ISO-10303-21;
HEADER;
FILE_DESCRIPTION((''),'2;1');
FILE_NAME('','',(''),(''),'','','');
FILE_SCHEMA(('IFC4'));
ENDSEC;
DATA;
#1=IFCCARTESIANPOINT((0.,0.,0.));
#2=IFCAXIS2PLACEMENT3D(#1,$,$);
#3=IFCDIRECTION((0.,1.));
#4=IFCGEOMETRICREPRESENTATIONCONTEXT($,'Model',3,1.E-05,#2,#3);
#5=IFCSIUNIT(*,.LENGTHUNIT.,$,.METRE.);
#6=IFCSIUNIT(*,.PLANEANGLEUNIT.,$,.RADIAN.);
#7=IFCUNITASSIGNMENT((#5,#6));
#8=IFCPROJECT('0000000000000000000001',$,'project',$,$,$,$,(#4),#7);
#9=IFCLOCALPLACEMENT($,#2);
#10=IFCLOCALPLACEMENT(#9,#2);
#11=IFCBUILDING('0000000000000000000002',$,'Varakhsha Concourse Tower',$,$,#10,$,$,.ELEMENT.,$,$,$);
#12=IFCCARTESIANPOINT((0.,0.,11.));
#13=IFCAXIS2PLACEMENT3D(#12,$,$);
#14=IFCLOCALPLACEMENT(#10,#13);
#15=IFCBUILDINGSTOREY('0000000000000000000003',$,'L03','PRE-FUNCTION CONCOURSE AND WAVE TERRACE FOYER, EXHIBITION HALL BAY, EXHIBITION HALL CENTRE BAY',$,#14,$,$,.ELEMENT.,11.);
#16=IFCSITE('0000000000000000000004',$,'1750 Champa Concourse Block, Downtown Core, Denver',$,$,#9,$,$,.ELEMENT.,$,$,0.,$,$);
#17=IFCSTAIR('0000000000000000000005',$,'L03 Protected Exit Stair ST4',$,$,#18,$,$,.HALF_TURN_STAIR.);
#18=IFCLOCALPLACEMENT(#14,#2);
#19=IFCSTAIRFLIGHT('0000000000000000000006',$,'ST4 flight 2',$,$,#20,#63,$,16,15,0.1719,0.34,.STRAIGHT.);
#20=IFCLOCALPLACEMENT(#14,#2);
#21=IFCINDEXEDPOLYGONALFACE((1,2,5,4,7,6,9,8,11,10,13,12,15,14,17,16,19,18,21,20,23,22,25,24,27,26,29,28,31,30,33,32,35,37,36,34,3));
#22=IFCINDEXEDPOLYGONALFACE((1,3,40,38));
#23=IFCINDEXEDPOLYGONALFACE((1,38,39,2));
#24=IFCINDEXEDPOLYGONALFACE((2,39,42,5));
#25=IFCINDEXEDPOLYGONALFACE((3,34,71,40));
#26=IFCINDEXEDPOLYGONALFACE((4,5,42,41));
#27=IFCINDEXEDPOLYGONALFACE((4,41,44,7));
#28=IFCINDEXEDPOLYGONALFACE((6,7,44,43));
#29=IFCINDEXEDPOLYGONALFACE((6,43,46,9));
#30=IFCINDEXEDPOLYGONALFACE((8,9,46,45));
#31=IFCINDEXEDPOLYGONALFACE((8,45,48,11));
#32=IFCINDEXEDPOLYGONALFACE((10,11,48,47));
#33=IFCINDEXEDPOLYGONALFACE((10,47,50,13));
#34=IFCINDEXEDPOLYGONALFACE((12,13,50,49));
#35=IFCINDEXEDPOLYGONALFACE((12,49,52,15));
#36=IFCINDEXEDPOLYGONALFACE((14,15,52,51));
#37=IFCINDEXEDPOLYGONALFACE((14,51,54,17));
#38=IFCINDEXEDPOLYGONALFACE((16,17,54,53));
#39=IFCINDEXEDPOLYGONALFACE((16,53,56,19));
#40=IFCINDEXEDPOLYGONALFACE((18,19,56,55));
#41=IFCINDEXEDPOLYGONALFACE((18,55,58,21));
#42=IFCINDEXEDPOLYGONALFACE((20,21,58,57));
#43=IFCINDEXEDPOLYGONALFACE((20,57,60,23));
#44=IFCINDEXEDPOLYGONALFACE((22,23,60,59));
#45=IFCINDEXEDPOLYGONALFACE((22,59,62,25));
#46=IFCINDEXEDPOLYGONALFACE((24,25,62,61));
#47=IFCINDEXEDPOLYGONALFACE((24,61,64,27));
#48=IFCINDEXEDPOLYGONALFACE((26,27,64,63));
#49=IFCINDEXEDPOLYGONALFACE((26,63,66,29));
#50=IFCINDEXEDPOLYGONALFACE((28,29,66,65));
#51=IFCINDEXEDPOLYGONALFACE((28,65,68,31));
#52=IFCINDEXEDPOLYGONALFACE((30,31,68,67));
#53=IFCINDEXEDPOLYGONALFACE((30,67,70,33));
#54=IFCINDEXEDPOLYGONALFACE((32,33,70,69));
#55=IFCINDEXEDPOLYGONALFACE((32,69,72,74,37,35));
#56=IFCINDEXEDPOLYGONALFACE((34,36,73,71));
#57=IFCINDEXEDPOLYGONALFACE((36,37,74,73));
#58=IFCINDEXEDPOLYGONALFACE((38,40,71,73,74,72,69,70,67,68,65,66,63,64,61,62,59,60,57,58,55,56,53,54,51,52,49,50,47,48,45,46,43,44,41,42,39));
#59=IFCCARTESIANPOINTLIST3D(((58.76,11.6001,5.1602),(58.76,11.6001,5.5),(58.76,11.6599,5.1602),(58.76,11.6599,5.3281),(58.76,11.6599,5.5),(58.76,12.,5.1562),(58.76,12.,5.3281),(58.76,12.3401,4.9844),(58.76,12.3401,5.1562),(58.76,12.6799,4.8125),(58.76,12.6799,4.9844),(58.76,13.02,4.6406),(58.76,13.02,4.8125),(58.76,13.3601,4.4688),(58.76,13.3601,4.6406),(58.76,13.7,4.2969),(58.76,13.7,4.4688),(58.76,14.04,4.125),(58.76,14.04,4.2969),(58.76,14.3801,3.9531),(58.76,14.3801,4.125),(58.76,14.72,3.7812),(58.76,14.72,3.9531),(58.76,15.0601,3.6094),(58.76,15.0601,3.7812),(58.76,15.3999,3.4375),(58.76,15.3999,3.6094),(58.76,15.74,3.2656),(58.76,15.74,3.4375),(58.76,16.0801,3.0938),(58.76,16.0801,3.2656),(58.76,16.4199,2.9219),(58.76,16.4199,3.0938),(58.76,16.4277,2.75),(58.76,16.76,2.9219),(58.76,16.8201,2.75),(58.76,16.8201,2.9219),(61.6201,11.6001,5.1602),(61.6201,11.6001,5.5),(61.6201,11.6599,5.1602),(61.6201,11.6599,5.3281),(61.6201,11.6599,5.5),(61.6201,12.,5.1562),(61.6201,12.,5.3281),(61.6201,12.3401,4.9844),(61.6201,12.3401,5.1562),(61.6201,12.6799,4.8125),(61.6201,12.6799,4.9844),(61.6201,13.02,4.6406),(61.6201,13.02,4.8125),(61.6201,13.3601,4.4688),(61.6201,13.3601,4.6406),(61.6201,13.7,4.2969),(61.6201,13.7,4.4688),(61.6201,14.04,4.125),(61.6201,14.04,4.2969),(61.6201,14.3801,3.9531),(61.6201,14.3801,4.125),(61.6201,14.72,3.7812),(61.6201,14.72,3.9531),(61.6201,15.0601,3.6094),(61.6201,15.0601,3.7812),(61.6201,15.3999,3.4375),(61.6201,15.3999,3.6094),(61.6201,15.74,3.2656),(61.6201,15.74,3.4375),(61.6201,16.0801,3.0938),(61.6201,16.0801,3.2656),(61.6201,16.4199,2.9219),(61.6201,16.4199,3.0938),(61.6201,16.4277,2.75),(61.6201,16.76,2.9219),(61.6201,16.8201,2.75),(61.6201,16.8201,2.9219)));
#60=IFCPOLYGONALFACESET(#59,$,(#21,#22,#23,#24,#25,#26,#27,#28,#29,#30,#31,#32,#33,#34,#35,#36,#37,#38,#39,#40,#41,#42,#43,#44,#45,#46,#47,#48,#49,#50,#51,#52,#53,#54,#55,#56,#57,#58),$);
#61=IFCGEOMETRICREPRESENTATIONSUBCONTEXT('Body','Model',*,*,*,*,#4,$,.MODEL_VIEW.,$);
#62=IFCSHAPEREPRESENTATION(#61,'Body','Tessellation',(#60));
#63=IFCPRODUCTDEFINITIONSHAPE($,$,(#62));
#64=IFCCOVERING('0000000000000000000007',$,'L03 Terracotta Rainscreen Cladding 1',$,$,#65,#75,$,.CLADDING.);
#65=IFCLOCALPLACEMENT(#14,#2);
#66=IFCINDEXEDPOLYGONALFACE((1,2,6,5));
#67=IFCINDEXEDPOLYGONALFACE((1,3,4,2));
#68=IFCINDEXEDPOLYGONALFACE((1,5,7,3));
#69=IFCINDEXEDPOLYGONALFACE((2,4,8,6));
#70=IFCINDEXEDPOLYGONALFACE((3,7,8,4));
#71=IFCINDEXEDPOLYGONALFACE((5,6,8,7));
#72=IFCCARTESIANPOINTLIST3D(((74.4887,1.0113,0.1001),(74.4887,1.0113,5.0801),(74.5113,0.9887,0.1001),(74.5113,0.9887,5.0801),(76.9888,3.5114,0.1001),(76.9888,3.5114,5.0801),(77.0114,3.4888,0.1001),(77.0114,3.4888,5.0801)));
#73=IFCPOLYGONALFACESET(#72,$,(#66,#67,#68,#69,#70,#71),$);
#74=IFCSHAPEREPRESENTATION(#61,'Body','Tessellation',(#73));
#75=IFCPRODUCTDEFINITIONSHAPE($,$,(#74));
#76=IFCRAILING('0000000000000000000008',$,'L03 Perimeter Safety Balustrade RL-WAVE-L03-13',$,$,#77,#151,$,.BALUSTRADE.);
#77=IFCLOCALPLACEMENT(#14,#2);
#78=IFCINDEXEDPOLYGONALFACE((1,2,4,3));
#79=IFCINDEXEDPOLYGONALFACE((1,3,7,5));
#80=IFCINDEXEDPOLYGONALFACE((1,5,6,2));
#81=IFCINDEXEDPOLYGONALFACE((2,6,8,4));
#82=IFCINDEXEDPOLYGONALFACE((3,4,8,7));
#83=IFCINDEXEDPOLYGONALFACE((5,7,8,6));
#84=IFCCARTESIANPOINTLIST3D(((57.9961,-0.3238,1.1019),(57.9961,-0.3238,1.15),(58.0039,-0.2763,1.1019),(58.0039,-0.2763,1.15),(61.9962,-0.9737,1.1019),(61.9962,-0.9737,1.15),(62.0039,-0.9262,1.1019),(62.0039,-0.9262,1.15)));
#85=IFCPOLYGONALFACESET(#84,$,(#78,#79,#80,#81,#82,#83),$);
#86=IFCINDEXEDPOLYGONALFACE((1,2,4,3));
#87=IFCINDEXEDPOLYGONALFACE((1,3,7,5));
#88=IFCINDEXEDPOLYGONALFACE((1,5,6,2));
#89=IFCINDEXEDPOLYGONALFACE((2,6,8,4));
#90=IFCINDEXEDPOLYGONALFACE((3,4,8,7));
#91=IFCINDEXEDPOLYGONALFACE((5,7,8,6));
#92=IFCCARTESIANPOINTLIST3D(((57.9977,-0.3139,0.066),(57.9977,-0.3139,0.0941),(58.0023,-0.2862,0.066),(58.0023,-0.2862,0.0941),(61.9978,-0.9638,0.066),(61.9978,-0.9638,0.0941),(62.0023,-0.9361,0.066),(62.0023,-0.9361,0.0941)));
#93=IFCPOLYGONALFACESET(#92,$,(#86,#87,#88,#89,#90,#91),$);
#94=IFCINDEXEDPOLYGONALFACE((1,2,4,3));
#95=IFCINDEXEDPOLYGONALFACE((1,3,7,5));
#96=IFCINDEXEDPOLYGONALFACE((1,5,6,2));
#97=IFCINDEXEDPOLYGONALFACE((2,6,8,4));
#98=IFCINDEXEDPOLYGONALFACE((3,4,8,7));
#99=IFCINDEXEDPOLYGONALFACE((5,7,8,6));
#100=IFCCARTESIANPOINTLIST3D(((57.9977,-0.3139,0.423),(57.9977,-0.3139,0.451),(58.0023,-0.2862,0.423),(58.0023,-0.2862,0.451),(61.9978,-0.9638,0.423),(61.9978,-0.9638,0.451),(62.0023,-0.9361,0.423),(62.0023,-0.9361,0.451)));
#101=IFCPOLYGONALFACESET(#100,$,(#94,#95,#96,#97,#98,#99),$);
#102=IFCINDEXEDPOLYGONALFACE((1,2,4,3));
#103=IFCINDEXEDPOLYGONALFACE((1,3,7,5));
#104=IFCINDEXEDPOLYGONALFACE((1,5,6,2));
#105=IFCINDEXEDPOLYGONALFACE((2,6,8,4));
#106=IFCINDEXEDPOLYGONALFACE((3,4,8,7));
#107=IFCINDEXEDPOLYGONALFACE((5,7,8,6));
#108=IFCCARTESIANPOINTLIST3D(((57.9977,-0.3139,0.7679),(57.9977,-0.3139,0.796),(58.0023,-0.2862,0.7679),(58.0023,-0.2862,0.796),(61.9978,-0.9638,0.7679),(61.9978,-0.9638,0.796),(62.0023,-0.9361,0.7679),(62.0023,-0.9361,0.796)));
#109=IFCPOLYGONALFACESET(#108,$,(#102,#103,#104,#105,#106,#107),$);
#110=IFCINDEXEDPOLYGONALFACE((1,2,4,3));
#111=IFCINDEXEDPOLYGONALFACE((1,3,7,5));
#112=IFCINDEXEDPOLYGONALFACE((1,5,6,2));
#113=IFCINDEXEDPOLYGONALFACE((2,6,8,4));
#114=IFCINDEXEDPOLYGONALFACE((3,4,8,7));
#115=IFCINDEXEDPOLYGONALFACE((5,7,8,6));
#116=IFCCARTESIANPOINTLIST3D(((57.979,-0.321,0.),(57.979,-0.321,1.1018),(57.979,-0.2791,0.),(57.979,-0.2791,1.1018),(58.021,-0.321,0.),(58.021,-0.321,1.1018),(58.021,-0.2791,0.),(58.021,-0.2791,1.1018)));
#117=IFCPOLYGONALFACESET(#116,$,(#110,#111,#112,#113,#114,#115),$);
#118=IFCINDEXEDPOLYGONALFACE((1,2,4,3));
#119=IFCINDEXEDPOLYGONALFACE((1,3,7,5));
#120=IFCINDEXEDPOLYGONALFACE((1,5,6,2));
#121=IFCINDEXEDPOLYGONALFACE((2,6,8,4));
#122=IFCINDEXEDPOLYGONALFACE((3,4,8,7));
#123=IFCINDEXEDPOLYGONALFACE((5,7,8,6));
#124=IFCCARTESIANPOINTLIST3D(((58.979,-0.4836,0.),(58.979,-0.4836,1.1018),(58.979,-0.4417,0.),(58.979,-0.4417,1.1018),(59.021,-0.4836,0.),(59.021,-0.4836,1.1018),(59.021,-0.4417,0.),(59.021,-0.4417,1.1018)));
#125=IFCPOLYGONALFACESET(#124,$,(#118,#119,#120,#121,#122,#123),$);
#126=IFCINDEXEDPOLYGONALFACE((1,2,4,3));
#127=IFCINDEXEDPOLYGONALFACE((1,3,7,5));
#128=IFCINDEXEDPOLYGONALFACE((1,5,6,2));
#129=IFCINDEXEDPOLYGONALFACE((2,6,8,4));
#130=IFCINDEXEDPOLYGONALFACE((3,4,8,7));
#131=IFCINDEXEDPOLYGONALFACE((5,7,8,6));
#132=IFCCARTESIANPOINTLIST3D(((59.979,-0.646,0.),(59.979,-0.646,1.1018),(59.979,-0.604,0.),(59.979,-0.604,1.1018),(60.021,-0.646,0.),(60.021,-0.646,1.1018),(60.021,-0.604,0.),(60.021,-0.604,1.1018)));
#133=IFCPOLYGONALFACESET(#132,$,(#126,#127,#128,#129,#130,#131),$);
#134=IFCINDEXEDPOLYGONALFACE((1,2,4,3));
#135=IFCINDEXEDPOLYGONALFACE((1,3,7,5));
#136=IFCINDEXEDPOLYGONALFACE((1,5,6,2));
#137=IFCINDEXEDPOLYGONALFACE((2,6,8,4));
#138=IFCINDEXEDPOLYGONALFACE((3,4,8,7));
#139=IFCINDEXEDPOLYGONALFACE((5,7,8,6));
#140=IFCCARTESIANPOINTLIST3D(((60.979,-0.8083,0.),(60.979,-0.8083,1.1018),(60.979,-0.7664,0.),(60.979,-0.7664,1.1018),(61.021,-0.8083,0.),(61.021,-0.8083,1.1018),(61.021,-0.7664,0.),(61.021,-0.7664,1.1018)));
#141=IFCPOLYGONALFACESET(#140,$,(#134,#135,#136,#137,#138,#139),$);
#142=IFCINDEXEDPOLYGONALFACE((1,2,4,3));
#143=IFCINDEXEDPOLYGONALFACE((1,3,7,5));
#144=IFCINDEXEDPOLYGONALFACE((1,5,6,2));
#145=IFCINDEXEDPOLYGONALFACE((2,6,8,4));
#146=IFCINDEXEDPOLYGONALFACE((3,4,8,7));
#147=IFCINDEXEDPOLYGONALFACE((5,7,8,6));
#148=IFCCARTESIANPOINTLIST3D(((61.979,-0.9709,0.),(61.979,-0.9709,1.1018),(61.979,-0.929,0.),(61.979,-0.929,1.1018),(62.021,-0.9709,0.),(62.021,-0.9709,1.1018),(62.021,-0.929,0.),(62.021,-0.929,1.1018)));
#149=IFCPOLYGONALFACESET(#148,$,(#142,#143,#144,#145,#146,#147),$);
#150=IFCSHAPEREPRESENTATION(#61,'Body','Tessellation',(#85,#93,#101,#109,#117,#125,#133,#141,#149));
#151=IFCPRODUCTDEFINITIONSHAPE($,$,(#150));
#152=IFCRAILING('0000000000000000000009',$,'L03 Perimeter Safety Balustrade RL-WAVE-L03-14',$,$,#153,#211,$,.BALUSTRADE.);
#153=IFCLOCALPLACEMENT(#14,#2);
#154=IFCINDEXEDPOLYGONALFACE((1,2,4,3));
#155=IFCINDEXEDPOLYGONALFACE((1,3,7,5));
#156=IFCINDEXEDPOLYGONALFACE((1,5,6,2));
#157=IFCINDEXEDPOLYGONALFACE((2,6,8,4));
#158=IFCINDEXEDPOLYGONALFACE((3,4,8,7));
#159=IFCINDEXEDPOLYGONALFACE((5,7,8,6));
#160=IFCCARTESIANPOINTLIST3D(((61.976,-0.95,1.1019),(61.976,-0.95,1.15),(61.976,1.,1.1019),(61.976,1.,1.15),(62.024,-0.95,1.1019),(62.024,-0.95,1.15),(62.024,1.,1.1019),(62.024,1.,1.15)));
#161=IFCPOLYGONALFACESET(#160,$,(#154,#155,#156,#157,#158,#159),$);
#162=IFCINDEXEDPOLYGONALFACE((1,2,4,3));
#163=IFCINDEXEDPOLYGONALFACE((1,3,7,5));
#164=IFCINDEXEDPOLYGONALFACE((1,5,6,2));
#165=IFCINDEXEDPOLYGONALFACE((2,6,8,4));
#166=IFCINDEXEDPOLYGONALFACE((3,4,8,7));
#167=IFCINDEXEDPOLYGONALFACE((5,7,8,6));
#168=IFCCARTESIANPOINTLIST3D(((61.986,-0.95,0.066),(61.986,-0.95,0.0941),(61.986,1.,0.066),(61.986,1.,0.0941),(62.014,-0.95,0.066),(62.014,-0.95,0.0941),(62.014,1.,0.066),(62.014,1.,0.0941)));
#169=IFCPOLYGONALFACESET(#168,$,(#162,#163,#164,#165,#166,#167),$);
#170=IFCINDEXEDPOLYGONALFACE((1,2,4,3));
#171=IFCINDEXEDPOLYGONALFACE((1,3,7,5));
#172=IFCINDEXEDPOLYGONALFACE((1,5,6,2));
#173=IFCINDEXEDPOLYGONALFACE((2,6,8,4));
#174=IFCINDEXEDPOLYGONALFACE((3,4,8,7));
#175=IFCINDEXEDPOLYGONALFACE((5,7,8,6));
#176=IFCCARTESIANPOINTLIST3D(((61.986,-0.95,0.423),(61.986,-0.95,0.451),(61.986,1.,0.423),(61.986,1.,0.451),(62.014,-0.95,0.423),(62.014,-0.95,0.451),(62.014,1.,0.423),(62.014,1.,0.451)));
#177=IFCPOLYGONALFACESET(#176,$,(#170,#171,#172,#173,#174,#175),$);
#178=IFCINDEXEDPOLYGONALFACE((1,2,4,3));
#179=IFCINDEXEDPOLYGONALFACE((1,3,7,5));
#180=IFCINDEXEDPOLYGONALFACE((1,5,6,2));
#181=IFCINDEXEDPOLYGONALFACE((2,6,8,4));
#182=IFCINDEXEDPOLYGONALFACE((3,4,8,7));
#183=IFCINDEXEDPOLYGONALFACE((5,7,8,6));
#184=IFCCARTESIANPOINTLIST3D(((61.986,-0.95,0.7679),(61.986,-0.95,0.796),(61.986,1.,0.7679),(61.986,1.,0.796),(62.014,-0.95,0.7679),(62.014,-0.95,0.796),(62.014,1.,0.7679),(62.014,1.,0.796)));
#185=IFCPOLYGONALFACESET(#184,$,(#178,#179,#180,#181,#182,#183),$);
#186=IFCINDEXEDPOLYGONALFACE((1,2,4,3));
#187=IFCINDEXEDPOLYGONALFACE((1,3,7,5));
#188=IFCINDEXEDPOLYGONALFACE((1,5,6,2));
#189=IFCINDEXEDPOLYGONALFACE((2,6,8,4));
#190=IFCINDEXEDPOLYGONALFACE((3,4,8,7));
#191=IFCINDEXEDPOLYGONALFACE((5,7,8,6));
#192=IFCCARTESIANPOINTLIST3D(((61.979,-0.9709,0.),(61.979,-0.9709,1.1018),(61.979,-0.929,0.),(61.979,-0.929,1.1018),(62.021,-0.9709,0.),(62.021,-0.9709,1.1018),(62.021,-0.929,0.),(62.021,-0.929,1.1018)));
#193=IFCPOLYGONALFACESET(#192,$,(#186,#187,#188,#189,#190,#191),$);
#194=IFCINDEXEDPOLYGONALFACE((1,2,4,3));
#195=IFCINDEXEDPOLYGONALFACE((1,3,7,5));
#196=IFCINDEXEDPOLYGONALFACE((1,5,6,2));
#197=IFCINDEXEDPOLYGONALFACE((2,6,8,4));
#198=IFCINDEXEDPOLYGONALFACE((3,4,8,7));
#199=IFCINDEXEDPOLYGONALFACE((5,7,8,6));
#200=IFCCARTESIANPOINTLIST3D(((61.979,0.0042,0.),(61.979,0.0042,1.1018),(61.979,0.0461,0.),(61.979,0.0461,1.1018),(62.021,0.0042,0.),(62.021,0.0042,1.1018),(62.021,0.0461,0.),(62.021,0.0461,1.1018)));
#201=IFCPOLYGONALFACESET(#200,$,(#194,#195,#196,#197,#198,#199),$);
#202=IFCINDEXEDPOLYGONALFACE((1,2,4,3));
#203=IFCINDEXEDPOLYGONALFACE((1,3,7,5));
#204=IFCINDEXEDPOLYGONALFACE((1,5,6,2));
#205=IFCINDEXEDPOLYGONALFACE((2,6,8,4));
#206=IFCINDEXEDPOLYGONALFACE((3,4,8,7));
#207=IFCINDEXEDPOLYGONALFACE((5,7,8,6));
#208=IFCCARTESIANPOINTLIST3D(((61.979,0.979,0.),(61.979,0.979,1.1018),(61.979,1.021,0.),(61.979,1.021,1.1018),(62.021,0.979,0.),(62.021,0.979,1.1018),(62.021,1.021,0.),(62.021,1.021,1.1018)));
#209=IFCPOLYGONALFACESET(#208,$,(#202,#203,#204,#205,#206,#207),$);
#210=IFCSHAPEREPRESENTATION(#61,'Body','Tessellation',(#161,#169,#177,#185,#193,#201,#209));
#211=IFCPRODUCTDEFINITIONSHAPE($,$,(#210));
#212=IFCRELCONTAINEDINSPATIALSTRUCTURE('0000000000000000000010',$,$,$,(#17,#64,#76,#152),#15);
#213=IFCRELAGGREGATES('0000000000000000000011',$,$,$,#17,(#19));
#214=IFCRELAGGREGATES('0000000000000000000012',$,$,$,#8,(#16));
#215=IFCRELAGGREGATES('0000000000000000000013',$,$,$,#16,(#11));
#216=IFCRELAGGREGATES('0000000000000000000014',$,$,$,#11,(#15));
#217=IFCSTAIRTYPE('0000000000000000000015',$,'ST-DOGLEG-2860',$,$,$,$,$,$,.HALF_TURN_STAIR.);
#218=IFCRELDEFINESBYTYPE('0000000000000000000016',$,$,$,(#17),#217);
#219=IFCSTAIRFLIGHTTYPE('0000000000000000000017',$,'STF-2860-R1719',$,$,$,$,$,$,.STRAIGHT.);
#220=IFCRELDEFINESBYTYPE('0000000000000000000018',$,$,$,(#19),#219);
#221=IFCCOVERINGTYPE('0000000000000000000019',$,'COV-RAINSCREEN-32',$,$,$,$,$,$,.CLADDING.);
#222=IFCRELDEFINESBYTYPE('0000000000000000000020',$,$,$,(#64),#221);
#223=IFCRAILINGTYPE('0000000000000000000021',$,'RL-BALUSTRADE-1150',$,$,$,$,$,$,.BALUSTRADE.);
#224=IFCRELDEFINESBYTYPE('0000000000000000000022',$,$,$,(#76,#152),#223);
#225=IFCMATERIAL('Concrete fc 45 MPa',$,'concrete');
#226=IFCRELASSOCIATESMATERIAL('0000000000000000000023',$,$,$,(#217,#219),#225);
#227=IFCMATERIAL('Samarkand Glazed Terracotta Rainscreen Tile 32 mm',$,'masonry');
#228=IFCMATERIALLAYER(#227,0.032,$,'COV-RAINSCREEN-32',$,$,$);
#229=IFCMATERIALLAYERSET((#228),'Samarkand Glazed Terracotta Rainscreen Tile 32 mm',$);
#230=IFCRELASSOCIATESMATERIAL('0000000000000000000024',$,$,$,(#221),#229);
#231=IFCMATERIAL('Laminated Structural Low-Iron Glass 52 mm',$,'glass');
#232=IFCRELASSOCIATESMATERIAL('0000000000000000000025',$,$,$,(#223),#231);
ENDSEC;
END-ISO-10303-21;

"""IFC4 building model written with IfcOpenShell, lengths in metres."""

from ifc_helpers import new_model, si_unit, direction, frame, frame_2d, origin, origin_2d, place, context, subcontext, project, spatial, polyline, rectangle, outline, extrude, material, layer, layer_set, type_object, element, aggregate, save


model = new_model("IFC4")

# Units and contexts
model_context = context("Model", 3, precision=1e-05, world=origin(), true_north=direction((0.0, 1.0)))
body_context = subcontext(model_context, "Body", "Model", "MODEL_VIEW")
ifc_project = project(units=[si_unit("LENGTHUNIT", "METRE"), si_unit("PLANEANGLEUNIT", "RADIAN")], contexts=[model_context])

# Site, building, storey
site_placement = place(None, origin())
site = spatial("IfcSite", under=ifc_project, at=site_placement, Name="1750 Champa Concourse Block, Downtown Core, Denver", CompositionType="ELEMENT", RefElevation=0.0)
building_placement = place(site_placement, origin())
building = spatial("IfcBuilding", under=site, at=building_placement, Name="Varakhsha Concourse Tower", CompositionType="ELEMENT")
storey_placement = place(building_placement, frame((0.0, 0.0, 11.0)))
storey = spatial("IfcBuildingStorey", under=building, at=storey_placement, Name="L03", Description="PRE-FUNCTION CONCOURSE AND WAVE TERRACE FOYER, EXHIBITION HALL BAY, EXHIBITION HALL CENTRE BAY", CompositionType="ELEMENT", Elevation=11.0)

# Shared definitions
ifc_material_1 = material(Name="Concrete fc 45 MPa", Category="concrete")

# Stair, stair flight
stair_type = type_object("IfcStairType", Name="ST-DOGLEG-2860", PredefinedType="HALF_TURN_STAIR", material=ifc_material_1)
stair_placement = place(storey_placement, origin())
stair = element("IfcStair", 1, at=stair_placement, inside=storey, type_object=stair_type, Name="L03 Protected Exit Stair ST4", PredefinedType="HALF_TURN_STAIR")
stair_flight_type = type_object("IfcStairFlightType", Name="STF-2860-R1719", PredefinedType="STRAIGHT", material=ifc_material_1)
stair_flight_1_placement = place(storey_placement, frame((60.1899, 16.76, 2.75), z_axis=(0.0, 0.0, 1.0), x_axis=(0.0, -1.0, 0.0)))
stair_flight_1 = element("IfcStairFlight", 2, at=stair_flight_1_placement, type_object=stair_flight_type, Name="ST4 flight 2", NumberOfRisers=16, NumberOfTreads=15, PredefinedType="STRAIGHT", RiserHeight=0.1719, TreadLength=0.34, context=body_context, shape_type="SweptSolid", body=[
    extrude(outline(polyline([(-0.0601, 0.0), (-0.0601, 0.1719), (0.0, 0.1719), (0.3401, 0.1719), (0.3401, 0.3438), (0.6799, 0.3438), (0.6799, 0.5156), (1.02, 0.5156), (1.02, 0.6875), (1.3601, 0.6875), (1.3601, 0.8594), (1.7, 0.8594), (1.7, 1.0312), (2.04, 1.0312), (2.04, 1.2031), (2.3799, 1.2031), (2.3799, 1.375), (2.72, 1.375), (2.72, 1.5469), (3.0601, 1.5469), (3.0601, 1.7188), (3.3999, 1.7188), (3.3999, 1.8906), (3.74, 1.8906), (3.74, 2.0625), (4.0801, 2.0625), (4.0801, 2.2344), (4.4199, 2.2344), (4.4199, 2.4062), (4.76, 2.4062), (4.76, 2.5781), (5.1001, 2.5781), (5.1001, 2.75), (5.1599, 2.75), (5.1599, 2.4102), (5.1001, 2.4102), (0.3323, 0.0), (-0.0601, 0.0)])), frame((0.0, 1.4302, 0.0), z_axis=(0.0, -1.0, 0.0), x_axis=(1.0, 0.0, 0.0)), (0.0, 0.0, 1.0), 2.8601),
])
aggregate(stair, [stair_flight_1])

# Covering
ifc_material_2 = material(Name="Samarkand Glazed Terracotta Rainscreen Tile 32 mm", Category="masonry")
ifc_layer_1 = layer(ifc_material_2, 0.032, Name="COV-RAINSCREEN-32")
ifc_layer_set_1 = layer_set([ifc_layer_1], Name="Samarkand Glazed Terracotta Rainscreen Tile 32 mm")
covering_type = type_object("IfcCoveringType", Name="COV-RAINSCREEN-32", PredefinedType="CLADDING", material=ifc_layer_set_1)
covering_placement = place(storey_placement, frame((74.5, 1.0, 0.1001), z_axis=(0.0, 0.0, 1.0), x_axis=(0.707107, 0.707107, 0.0)))
element("IfcCovering", 3, at=covering_placement, inside=storey, type_object=covering_type, Name="L03 Terracotta Rainscreen Cladding 1", PredefinedType="CLADDING", context=body_context, shape_type="SweptSolid", body=[
    extrude(rectangle(XDim=3.5356, YDim=0.032, at=frame_2d((1.7678, 0.0))), origin(), (0.0, 0.0, 1.0), 4.98),
])

# Railings
ifc_material_3 = material(Name="Laminated Structural Low-Iron Glass 52 mm", Category="glass")
railing_type_1 = type_object("IfcRailingType", Name="RL-BALUSTRADE-1150", PredefinedType="BALUSTRADE", material=ifc_material_3)
railing_1_placement = place(storey_placement, frame((58.0, -0.3, 0.0)))
element("IfcRailing", 4, at=railing_1_placement, inside=storey, type_object=railing_type_1, Name="L03 Perimeter Safety Balustrade RL-WAVE-L03-13", PredefinedType="BALUSTRADE", context=body_context, shape_type="SweptSolid", body=[
    extrude(rectangle(XDim=0.0481, YDim=0.0481, at=origin_2d()), frame((0.0, 0.0, 1.126), z_axis=(0.987057, -0.160373, 0.0), x_axis=(0.160373, 0.987057, 0.0)), (0.0, 0.0, 1.0), 4.0525),
    extrude(rectangle(XDim=0.0281, YDim=0.0281, at=origin_2d()), frame((0.0, 0.0, 0.0801), z_axis=(0.987057, -0.160373, 0.0), x_axis=(0.160373, 0.987057, 0.0)), (0.0, 0.0, 1.0), 4.0525),
    extrude(rectangle(XDim=0.0281, YDim=0.0281, at=origin_2d()), frame((0.0, 0.0, 0.437), z_axis=(0.987057, -0.160373, 0.0), x_axis=(0.160373, 0.987057, 0.0)), (0.0, 0.0, 1.0), 4.0525),
    extrude(rectangle(XDim=0.0281, YDim=0.0281, at=origin_2d()), frame((0.0, 0.0, 0.782), z_axis=(0.987057, -0.160373, 0.0), x_axis=(0.160373, 0.987057, 0.0)), (0.0, 0.0, 1.0), 4.0525),
    extrude(rectangle(XDim=0.042, YDim=0.042, at=origin_2d()), origin(), (0.0, 0.0, 1.0), 1.1018),
    extrude(rectangle(XDim=0.042, YDim=0.042, at=origin_2d()), frame((1.0, -0.1626, 0.0)), (0.0, 0.0, 1.0), 1.1018),
    extrude(rectangle(XDim=0.042, YDim=0.042, at=origin_2d()), frame((2.0, -0.325, 0.0)), (0.0, 0.0, 1.0), 1.1018),
    extrude(rectangle(XDim=0.042, YDim=0.042, at=origin_2d()), frame((3.0, -0.4873, 0.0)), (0.0, 0.0, 1.0), 1.1018),
    extrude(rectangle(XDim=0.042, YDim=0.042, at=origin_2d()), frame((4.0, -0.6499, 0.0)), (0.0, 0.0, 1.0), 1.1018),
])
railing_2_placement = place(storey_placement, frame((62.0, -0.95, 0.0)))
element("IfcRailing", 5, at=railing_2_placement, inside=storey, type_object=railing_type_1, Name="L03 Perimeter Safety Balustrade RL-WAVE-L03-14", PredefinedType="BALUSTRADE", context=body_context, shape_type="SweptSolid", body=[
    extrude(rectangle(XDim=0.0481, YDim=0.0481, at=origin_2d()), frame((0.0, 0.0, 1.126), z_axis=(0.0, 1.0, 0.0), x_axis=(-1.0, 0.0, 0.0)), (0.0, 0.0, 1.0), 1.95),
    extrude(rectangle(XDim=0.0281, YDim=0.0281, at=origin_2d()), frame((0.0, 0.0, 0.0801), z_axis=(0.0, 1.0, 0.0), x_axis=(-1.0, 0.0, 0.0)), (0.0, 0.0, 1.0), 1.95),
    extrude(rectangle(XDim=0.0281, YDim=0.0281, at=origin_2d()), frame((0.0, 0.0, 0.437), z_axis=(0.0, 1.0, 0.0), x_axis=(-1.0, 0.0, 0.0)), (0.0, 0.0, 1.0), 1.95),
    extrude(rectangle(XDim=0.0281, YDim=0.0281, at=origin_2d()), frame((0.0, 0.0, 0.782), z_axis=(0.0, 1.0, 0.0), x_axis=(-1.0, 0.0, 0.0)), (0.0, 0.0, 1.0), 1.95),
    extrude(rectangle(XDim=0.042, YDim=0.042, at=origin_2d()), origin(), (0.0, 0.0, 1.0), 1.1018),
    extrude(rectangle(XDim=0.042, YDim=0.042, at=origin_2d()), frame((0.0, 0.9751, 0.0)), (0.0, 0.0, 1.0), 1.1018),
    extrude(rectangle(XDim=0.042, YDim=0.042, at=origin_2d()), frame((0.0, 1.95, 0.0)), (0.0, 0.0, 1.0), 1.1018),
])

save(model, "model.ifc")
